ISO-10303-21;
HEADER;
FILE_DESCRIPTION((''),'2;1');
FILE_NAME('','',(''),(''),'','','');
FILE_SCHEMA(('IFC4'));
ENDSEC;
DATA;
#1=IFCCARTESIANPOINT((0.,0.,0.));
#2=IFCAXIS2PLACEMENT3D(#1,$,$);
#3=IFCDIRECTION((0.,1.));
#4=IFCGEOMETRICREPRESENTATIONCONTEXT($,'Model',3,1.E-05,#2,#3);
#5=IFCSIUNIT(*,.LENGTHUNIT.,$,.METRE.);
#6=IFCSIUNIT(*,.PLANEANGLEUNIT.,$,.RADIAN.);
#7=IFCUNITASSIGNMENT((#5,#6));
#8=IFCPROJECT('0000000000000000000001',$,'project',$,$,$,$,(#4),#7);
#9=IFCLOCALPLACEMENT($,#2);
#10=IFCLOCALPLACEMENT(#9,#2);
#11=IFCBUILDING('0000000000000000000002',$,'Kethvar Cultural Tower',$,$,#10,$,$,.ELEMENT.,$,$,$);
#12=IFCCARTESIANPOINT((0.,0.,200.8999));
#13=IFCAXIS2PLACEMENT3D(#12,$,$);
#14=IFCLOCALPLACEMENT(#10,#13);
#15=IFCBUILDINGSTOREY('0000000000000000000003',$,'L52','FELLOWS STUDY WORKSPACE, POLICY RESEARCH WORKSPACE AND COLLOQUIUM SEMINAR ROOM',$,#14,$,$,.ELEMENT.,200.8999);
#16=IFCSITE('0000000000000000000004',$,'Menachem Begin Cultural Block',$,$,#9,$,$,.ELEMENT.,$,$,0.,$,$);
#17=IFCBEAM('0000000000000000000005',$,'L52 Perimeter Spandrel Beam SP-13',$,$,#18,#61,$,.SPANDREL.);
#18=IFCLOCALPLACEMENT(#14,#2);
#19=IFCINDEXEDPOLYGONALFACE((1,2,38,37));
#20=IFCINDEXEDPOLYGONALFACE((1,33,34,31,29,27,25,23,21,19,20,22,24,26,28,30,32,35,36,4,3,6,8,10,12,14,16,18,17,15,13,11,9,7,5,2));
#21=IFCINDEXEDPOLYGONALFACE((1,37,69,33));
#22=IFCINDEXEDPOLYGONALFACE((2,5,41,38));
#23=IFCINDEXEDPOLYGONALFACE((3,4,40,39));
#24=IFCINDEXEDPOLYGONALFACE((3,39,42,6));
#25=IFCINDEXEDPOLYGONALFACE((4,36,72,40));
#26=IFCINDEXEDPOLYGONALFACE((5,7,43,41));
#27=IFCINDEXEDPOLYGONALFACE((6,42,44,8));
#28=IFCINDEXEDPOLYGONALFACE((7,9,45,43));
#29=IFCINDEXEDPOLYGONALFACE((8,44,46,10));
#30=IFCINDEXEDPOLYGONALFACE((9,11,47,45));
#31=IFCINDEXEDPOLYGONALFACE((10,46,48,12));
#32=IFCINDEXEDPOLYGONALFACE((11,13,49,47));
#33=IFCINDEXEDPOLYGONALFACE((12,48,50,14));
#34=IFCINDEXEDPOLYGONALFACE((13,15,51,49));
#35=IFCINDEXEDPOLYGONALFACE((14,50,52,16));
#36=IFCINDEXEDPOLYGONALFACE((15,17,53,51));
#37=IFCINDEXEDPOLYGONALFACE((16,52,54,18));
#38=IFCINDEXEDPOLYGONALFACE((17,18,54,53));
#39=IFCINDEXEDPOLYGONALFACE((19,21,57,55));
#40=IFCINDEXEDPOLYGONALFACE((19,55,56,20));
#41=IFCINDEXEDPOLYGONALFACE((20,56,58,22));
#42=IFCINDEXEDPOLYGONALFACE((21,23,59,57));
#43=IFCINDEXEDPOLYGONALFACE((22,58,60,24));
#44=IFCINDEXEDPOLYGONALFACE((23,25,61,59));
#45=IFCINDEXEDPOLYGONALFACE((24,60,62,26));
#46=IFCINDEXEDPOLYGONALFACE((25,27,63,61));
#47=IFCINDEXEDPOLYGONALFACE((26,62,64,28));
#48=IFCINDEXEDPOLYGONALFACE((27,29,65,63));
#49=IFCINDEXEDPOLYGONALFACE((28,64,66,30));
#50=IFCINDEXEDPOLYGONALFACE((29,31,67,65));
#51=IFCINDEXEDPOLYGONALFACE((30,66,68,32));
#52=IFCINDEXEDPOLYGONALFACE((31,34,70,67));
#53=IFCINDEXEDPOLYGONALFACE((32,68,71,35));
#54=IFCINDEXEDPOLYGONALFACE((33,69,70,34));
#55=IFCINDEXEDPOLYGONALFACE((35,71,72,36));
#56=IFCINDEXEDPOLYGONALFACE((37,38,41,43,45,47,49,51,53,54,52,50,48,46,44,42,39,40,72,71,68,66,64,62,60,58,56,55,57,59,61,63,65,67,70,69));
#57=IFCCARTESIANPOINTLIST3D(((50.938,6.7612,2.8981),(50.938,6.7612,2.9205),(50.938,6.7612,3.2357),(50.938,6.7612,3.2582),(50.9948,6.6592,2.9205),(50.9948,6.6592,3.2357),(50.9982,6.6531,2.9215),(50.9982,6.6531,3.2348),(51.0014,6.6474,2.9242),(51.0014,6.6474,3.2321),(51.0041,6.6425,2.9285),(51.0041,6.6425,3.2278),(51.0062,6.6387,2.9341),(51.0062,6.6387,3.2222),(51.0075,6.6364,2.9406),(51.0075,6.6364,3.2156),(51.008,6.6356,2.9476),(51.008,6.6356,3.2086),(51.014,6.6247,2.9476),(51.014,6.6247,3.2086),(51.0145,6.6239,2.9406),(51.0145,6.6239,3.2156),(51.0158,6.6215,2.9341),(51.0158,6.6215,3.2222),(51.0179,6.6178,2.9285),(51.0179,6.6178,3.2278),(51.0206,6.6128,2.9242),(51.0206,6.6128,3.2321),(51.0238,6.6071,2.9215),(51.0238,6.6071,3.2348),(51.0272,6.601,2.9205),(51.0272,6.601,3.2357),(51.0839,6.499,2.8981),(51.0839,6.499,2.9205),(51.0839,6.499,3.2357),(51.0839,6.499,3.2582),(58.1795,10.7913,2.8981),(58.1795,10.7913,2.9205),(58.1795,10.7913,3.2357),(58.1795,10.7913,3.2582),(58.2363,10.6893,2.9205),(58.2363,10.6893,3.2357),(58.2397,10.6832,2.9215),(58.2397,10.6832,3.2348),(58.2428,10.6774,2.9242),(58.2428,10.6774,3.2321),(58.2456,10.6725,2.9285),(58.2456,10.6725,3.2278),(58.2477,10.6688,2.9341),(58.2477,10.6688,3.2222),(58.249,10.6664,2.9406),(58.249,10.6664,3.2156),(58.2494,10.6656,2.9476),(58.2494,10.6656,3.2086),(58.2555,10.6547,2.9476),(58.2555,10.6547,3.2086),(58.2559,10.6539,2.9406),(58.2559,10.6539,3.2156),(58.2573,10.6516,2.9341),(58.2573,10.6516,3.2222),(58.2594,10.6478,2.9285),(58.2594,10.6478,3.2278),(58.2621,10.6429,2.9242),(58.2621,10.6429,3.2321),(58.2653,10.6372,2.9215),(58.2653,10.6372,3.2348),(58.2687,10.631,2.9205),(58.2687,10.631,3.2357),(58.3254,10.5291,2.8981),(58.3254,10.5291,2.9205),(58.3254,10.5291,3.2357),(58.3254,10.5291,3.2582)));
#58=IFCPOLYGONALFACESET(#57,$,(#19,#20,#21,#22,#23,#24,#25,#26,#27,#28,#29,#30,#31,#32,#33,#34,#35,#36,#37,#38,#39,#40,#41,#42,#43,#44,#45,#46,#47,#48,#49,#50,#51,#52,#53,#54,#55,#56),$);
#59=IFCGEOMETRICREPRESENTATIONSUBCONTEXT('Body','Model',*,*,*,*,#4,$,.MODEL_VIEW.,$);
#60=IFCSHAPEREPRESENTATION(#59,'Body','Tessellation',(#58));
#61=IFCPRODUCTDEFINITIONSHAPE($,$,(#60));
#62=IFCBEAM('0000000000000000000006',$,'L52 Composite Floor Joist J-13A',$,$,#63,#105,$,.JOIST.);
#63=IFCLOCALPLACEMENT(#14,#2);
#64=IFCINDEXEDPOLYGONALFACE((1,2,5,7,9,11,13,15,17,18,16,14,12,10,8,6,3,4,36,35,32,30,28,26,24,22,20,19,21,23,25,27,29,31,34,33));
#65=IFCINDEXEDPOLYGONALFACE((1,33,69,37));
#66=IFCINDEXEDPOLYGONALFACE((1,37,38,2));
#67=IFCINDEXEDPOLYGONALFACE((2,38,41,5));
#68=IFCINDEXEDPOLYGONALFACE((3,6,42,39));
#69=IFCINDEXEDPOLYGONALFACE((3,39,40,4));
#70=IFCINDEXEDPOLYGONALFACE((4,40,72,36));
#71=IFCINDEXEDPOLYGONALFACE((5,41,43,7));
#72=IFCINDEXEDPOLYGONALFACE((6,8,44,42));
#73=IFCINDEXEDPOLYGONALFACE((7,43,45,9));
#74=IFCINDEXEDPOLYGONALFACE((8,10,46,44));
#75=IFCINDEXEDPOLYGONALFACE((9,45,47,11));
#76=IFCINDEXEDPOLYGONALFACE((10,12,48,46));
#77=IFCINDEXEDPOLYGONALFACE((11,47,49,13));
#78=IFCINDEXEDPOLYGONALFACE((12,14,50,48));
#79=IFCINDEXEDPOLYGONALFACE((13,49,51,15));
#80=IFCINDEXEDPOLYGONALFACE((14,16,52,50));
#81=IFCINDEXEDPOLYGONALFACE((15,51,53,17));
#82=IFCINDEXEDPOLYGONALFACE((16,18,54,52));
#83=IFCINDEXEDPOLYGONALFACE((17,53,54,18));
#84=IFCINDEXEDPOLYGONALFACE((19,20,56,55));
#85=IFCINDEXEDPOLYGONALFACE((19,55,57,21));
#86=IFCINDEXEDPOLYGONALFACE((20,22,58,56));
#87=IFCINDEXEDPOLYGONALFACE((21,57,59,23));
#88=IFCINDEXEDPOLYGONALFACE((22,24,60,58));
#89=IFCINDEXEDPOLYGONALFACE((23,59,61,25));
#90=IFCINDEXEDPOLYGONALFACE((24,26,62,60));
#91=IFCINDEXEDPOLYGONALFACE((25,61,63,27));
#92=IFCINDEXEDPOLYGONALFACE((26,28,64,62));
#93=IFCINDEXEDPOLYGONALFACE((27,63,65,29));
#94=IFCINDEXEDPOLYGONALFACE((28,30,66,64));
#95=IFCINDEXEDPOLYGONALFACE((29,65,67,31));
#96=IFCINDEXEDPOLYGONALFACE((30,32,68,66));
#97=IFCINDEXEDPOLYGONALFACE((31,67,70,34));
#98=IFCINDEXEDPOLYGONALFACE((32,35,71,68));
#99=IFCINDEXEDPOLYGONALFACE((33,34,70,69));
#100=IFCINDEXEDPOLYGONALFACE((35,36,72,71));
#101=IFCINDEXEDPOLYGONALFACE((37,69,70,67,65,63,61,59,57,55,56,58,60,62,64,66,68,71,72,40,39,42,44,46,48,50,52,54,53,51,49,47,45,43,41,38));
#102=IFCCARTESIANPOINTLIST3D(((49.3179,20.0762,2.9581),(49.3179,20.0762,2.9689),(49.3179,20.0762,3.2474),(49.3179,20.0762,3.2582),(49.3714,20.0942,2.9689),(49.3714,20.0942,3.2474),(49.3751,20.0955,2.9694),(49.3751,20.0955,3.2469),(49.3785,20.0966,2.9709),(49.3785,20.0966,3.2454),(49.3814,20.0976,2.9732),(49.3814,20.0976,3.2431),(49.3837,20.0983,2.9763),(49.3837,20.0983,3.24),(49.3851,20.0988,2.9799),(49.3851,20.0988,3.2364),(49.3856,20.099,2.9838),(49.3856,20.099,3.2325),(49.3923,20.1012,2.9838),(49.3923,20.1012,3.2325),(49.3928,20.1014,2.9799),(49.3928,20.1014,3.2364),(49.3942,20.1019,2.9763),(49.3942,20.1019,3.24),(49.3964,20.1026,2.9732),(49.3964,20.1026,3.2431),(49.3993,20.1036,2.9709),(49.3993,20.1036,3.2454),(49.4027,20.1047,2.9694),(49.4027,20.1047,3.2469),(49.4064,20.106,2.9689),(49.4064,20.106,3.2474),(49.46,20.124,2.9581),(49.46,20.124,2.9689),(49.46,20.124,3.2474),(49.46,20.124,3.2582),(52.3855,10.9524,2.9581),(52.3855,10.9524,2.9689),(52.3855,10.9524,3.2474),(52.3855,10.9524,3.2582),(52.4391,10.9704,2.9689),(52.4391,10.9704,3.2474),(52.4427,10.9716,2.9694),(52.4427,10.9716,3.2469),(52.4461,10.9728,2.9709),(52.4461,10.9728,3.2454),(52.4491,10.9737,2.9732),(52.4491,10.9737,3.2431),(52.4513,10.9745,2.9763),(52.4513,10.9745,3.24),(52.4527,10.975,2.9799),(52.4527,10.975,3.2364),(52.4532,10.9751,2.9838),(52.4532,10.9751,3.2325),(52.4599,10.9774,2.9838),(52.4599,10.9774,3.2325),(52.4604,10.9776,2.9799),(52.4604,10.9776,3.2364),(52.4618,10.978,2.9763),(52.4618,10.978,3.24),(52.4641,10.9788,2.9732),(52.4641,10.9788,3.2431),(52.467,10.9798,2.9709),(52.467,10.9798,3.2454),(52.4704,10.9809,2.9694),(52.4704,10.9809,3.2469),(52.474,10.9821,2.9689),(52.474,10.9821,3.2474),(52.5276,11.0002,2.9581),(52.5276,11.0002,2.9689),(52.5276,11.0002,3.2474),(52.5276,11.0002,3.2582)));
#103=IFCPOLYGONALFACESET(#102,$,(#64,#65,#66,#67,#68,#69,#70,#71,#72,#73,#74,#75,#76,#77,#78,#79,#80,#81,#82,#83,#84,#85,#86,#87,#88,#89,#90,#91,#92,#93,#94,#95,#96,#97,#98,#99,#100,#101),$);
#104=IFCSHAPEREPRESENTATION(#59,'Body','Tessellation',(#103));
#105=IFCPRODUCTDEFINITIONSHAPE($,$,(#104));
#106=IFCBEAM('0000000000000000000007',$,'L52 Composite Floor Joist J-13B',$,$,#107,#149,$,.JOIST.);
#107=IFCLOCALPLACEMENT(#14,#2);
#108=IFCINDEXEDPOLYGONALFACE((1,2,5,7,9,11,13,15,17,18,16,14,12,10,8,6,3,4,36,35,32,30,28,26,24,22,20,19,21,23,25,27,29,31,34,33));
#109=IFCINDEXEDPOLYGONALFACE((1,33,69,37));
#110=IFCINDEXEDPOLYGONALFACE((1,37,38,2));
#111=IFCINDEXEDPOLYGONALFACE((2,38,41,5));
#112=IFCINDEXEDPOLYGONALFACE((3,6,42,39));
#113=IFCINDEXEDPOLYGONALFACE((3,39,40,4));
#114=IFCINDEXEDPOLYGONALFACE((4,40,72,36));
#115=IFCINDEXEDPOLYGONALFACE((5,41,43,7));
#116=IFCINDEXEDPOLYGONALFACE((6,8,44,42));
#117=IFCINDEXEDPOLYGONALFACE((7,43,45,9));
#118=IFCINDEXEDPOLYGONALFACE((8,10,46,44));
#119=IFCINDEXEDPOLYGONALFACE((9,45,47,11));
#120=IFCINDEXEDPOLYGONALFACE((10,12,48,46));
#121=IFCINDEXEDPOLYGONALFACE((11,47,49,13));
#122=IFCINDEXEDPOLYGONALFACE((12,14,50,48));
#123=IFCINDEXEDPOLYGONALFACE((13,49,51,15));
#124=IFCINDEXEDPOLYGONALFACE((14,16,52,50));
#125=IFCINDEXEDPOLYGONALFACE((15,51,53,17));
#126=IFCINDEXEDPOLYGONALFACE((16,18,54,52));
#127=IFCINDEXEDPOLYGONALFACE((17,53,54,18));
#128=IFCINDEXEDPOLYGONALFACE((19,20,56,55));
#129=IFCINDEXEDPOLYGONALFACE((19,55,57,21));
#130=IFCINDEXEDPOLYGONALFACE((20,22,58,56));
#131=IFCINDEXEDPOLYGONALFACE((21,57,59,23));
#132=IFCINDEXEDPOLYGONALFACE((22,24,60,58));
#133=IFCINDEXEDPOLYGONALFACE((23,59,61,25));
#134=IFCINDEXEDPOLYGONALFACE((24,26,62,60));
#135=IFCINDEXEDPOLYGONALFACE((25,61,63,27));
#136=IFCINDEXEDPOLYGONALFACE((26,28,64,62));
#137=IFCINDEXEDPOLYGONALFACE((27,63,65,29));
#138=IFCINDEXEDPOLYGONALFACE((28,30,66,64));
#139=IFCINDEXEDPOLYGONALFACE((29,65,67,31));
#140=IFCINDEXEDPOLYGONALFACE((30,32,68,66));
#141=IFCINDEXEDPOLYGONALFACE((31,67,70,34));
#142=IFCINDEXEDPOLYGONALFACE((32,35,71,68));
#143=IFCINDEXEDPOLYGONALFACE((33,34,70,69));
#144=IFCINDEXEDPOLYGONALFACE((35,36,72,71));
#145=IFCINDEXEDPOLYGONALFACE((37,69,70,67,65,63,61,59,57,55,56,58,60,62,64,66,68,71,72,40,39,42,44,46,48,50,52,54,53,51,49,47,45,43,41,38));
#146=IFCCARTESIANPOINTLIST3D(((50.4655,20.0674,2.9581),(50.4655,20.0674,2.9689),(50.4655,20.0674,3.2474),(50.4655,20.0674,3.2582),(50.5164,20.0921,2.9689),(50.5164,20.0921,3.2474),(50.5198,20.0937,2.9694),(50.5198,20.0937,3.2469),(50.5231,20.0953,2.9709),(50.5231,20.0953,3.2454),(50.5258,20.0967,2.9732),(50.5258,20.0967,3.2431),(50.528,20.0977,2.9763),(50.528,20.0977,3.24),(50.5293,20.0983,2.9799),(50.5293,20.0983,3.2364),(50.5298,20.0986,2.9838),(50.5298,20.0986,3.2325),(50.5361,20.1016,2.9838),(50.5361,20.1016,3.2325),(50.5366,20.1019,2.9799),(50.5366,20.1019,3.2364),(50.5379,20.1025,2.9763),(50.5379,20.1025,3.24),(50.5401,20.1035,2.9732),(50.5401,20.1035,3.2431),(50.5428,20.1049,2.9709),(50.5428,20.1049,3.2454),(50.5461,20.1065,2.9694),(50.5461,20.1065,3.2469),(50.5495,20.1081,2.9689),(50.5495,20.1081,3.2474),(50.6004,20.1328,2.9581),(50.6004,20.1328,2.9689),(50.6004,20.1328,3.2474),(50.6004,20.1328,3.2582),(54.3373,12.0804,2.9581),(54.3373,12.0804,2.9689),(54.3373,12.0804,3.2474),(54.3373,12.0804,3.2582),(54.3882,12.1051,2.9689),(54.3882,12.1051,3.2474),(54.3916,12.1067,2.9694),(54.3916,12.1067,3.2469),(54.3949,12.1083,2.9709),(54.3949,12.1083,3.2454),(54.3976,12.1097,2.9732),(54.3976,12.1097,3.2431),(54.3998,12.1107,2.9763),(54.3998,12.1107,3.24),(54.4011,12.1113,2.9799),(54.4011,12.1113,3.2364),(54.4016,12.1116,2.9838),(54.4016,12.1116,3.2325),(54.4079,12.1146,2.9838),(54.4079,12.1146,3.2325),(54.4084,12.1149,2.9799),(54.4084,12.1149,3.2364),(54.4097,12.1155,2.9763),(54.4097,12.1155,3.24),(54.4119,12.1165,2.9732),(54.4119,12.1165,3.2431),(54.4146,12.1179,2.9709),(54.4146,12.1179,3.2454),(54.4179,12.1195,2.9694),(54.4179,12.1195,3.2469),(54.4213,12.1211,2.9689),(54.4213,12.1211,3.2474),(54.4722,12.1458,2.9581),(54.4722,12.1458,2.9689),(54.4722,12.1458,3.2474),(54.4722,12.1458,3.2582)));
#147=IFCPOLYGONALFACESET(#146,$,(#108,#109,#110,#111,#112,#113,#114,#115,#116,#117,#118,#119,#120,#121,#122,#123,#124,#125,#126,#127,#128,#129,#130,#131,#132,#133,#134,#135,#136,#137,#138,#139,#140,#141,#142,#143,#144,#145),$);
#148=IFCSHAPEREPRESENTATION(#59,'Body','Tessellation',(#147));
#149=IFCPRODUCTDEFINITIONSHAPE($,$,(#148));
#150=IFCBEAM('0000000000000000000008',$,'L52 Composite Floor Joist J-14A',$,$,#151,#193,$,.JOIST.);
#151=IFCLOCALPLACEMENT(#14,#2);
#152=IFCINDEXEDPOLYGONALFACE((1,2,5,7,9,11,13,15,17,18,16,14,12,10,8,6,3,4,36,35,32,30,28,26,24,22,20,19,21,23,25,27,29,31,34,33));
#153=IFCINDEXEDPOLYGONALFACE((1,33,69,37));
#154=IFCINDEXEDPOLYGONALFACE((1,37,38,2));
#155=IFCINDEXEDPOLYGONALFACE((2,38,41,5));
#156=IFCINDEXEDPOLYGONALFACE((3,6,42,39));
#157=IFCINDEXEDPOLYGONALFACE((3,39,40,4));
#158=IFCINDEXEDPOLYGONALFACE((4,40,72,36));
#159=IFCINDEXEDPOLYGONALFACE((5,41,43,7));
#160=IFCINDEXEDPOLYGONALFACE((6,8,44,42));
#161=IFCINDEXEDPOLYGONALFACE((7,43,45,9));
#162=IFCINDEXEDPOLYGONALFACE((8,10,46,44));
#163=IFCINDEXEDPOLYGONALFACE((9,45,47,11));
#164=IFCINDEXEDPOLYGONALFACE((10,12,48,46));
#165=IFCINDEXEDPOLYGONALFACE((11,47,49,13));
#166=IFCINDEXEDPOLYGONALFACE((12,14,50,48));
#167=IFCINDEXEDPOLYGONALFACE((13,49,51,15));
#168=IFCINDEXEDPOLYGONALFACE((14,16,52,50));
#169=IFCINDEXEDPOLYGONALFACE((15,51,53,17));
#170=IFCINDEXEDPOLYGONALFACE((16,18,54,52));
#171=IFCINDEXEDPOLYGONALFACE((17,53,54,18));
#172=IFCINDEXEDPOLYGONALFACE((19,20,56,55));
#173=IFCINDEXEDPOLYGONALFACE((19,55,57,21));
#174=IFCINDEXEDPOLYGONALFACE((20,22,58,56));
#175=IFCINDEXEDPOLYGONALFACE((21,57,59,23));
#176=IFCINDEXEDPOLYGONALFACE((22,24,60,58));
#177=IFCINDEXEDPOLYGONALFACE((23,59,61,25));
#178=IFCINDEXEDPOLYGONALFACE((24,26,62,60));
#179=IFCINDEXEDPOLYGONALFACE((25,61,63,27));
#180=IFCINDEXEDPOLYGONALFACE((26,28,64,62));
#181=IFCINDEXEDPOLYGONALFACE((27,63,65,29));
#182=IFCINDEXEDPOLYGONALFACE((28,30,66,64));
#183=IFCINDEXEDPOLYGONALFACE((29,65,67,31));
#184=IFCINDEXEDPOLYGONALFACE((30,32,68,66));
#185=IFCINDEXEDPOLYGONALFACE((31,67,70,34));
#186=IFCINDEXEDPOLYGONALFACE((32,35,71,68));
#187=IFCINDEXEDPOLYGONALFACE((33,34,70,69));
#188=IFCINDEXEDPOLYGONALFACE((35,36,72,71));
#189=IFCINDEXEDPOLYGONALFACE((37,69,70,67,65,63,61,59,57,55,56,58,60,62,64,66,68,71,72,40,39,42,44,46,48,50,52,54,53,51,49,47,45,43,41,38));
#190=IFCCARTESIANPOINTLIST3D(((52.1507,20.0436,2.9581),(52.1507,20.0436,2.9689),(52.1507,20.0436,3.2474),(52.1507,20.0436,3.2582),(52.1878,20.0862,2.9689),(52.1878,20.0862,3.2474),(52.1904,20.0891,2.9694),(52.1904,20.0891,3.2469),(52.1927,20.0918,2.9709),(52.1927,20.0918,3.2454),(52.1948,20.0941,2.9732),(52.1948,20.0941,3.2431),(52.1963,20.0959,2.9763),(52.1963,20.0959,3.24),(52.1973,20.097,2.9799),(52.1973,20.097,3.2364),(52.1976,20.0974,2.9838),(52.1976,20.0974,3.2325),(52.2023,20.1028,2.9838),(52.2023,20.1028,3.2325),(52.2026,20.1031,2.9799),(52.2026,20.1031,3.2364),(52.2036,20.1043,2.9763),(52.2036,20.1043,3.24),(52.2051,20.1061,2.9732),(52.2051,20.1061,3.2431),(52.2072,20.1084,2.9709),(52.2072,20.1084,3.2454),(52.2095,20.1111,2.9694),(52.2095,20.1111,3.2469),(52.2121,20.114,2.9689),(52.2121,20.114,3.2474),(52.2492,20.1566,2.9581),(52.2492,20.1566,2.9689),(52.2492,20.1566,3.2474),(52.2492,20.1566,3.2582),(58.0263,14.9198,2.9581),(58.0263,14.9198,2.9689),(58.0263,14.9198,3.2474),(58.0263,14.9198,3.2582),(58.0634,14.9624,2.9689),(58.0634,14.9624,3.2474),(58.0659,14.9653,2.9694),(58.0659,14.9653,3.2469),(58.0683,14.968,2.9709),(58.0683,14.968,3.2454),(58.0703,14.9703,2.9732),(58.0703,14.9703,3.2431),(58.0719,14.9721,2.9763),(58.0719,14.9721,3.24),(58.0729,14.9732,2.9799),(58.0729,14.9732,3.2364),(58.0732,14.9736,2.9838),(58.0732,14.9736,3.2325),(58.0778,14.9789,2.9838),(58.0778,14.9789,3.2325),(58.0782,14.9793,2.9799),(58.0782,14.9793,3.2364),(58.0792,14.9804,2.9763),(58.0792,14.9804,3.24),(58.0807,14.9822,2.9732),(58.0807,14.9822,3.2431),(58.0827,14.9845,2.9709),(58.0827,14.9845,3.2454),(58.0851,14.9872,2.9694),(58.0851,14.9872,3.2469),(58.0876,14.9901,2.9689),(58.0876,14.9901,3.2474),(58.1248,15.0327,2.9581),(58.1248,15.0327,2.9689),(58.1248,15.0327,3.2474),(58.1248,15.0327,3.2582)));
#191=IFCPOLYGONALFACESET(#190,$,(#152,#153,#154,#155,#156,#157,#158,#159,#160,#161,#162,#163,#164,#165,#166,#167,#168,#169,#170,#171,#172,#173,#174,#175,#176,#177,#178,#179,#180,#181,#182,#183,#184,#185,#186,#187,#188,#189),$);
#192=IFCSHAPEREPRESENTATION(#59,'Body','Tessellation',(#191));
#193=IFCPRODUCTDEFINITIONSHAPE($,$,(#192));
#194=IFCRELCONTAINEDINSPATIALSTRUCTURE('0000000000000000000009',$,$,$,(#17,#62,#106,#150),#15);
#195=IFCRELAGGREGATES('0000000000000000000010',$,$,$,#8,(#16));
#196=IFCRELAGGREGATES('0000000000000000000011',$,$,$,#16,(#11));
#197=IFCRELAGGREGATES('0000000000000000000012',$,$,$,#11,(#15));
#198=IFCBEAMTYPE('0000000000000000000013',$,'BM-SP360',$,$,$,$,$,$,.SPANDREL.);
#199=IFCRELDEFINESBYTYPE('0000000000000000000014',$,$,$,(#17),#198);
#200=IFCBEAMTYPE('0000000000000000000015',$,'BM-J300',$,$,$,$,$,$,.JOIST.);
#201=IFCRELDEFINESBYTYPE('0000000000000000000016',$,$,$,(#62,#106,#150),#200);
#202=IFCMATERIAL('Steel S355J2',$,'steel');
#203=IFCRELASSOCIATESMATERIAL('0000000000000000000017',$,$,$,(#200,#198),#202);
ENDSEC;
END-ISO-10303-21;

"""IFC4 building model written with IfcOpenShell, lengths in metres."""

from ifc_helpers import new_model, si_unit, direction, frame, origin, origin_2d, place, context, subcontext, project, spatial, i_section, extrude, source, transform, mapped, material, material_profile, profile_set, type_object, element, save


model = new_model("IFC4")

# Units and contexts
model_context = context("Model", 3, precision=1e-05, world=origin(), true_north=direction((0.0, 1.0)))
body_context = subcontext(model_context, "Body", "Model", "MODEL_VIEW")
ifc_project = project(units=[si_unit("LENGTHUNIT", "METRE"), si_unit("PLANEANGLEUNIT", "RADIAN")], contexts=[model_context])

# Site, building, storey
site_placement = place(None, origin())
site = spatial("IfcSite", under=ifc_project, at=site_placement, Name="Menachem Begin Cultural Block", CompositionType="ELEMENT", RefElevation=0.0)
building_placement = place(site_placement, origin())
building = spatial("IfcBuilding", under=site, at=building_placement, Name="Kethvar Cultural Tower", CompositionType="ELEMENT")
storey_placement = place(building_placement, frame((0.0, 0.0, 200.8999)))
storey = spatial("IfcBuildingStorey", under=building, at=storey_placement, Name="L52", Description="FELLOWS STUDY WORKSPACE, POLICY RESEARCH WORKSPACE AND COLLOQUIUM SEMINAR ROOM", CompositionType="ELEMENT", Elevation=200.8999)

# Beams
ifc_material_1 = material(Name="Steel S355J2", Category="steel")
ifc_material_profile_1 = material_profile(ifc_material_1, i_section(OverallWidth=0.1499, OverallDepth=0.3, WebThickness=0.0071, FlangeThickness=0.0107, FilletRadius=0.0149, at=origin_2d()), Name="Steel S355J2 — IPE300")
ifc_profile_set_1 = profile_set([ifc_material_profile_1], Name="Steel S355J2 — IPE300")
beam_type_1 = type_object("IfcBeamType", Name="BM-J300", PredefinedType="JOIST", material=ifc_profile_set_1)
ifc_material_profile_2 = material_profile(ifc_material_1, i_section(OverallWidth=0.3, OverallDepth=0.3601, WebThickness=0.0125, FlangeThickness=0.0225, FilletRadius=0.0271, at=origin_2d()), Name="Steel S355J2 — HEB360")
ifc_profile_set_2 = profile_set([ifc_material_profile_2], Name="Steel S355J2 — HEB360")
beam_type_2 = type_object("IfcBeamType", Name="BM-SP360", PredefinedType="SPANDREL", material=ifc_profile_set_2)
shared_shape_1 = source(origin(), body_context, "Body", "SweptSolid", [
    extrude(i_section(OverallWidth=0.3, OverallDepth=0.3601, WebThickness=0.0125, FlangeThickness=0.0225, FilletRadius=0.0271, at=origin_2d()), origin(), (0.0, 0.0, 1.0), 8.2874),
])
beam_1_placement = place(storey_placement, frame((51.011, 6.6301, 3.0781), z_axis=(0.873799, 0.486288, 0.0), x_axis=(-0.486288, 0.873799, 0.0)))
element("IfcBeam", 1, at=beam_1_placement, inside=storey, type_object=beam_type_2, Name="L52 Perimeter Spandrel Beam SP-13", PredefinedType="SPANDREL", context=body_context, shape_type="MappedRepresentation", body=[
    mapped(shared_shape_1, transform((0.0, 0.0, 0.0), scale=1.0)),
])
shared_shape_2 = source(origin(), body_context, "Body", "SweptSolid", [
    extrude(i_section(OverallWidth=0.1499, OverallDepth=0.3, WebThickness=0.0071, FlangeThickness=0.0107, FilletRadius=0.0149, at=origin_2d()), origin(), (0.0, 0.0, 1.0), 9.6257),
])
beam_2_placement = place(storey_placement, frame((49.3889, 20.1001, 3.1082), z_axis=(0.318692, -0.947858, 0.0), x_axis=(0.947858, 0.318692, 0.0)))
element("IfcBeam", 2, at=beam_2_placement, inside=storey, type_object=beam_type_1, Name="L52 Composite Floor Joist J-13A", PredefinedType="JOIST", context=body_context, shape_type="MappedRepresentation", body=[
    mapped(shared_shape_2, transform((0.0, 0.0, 0.0), scale=1.0)),
])
shared_shape_3 = source(origin(), body_context, "Body", "SweptSolid", [
    extrude(i_section(OverallWidth=0.1499, OverallDepth=0.3, WebThickness=0.0071, FlangeThickness=0.0107, FilletRadius=0.0149, at=origin_2d()), origin(), (0.0, 0.0, 1.0), 8.876),
])
beam_3_placement = place(storey_placement, frame((50.533, 20.1001, 3.1082), z_axis=(0.436211, -0.899845, 0.0), x_axis=(0.899845, 0.436211, 0.0)))
element("IfcBeam", 3, at=beam_3_placement, inside=storey, type_object=beam_type_1, Name="L52 Composite Floor Joist J-13B", PredefinedType="JOIST", context=body_context, shape_type="MappedRepresentation", body=[
    mapped(shared_shape_3, transform((0.0, 0.0, 0.0), scale=1.0)),
])
shared_shape_4 = source(origin(), body_context, "Body", "SweptSolid", [
    extrude(i_section(OverallWidth=0.1499, OverallDepth=0.3, WebThickness=0.0071, FlangeThickness=0.0107, FilletRadius=0.0149, at=origin_2d()), origin(), (0.0, 0.0, 1.0), 7.7959),
])
beam_4_placement = place(storey_placement, frame((52.2, 20.1001, 3.1082), z_axis=(0.753674, -0.657249, 0.0), x_axis=(0.657249, 0.753674, 0.0)))
element("IfcBeam", 4, at=beam_4_placement, inside=storey, type_object=beam_type_1, Name="L52 Composite Floor Joist J-14A", PredefinedType="JOIST", context=body_context, shape_type="MappedRepresentation", body=[
    mapped(shared_shape_4, transform((0.0, 0.0, 0.0), scale=1.0)),
])

save(model, "model.ifc")
